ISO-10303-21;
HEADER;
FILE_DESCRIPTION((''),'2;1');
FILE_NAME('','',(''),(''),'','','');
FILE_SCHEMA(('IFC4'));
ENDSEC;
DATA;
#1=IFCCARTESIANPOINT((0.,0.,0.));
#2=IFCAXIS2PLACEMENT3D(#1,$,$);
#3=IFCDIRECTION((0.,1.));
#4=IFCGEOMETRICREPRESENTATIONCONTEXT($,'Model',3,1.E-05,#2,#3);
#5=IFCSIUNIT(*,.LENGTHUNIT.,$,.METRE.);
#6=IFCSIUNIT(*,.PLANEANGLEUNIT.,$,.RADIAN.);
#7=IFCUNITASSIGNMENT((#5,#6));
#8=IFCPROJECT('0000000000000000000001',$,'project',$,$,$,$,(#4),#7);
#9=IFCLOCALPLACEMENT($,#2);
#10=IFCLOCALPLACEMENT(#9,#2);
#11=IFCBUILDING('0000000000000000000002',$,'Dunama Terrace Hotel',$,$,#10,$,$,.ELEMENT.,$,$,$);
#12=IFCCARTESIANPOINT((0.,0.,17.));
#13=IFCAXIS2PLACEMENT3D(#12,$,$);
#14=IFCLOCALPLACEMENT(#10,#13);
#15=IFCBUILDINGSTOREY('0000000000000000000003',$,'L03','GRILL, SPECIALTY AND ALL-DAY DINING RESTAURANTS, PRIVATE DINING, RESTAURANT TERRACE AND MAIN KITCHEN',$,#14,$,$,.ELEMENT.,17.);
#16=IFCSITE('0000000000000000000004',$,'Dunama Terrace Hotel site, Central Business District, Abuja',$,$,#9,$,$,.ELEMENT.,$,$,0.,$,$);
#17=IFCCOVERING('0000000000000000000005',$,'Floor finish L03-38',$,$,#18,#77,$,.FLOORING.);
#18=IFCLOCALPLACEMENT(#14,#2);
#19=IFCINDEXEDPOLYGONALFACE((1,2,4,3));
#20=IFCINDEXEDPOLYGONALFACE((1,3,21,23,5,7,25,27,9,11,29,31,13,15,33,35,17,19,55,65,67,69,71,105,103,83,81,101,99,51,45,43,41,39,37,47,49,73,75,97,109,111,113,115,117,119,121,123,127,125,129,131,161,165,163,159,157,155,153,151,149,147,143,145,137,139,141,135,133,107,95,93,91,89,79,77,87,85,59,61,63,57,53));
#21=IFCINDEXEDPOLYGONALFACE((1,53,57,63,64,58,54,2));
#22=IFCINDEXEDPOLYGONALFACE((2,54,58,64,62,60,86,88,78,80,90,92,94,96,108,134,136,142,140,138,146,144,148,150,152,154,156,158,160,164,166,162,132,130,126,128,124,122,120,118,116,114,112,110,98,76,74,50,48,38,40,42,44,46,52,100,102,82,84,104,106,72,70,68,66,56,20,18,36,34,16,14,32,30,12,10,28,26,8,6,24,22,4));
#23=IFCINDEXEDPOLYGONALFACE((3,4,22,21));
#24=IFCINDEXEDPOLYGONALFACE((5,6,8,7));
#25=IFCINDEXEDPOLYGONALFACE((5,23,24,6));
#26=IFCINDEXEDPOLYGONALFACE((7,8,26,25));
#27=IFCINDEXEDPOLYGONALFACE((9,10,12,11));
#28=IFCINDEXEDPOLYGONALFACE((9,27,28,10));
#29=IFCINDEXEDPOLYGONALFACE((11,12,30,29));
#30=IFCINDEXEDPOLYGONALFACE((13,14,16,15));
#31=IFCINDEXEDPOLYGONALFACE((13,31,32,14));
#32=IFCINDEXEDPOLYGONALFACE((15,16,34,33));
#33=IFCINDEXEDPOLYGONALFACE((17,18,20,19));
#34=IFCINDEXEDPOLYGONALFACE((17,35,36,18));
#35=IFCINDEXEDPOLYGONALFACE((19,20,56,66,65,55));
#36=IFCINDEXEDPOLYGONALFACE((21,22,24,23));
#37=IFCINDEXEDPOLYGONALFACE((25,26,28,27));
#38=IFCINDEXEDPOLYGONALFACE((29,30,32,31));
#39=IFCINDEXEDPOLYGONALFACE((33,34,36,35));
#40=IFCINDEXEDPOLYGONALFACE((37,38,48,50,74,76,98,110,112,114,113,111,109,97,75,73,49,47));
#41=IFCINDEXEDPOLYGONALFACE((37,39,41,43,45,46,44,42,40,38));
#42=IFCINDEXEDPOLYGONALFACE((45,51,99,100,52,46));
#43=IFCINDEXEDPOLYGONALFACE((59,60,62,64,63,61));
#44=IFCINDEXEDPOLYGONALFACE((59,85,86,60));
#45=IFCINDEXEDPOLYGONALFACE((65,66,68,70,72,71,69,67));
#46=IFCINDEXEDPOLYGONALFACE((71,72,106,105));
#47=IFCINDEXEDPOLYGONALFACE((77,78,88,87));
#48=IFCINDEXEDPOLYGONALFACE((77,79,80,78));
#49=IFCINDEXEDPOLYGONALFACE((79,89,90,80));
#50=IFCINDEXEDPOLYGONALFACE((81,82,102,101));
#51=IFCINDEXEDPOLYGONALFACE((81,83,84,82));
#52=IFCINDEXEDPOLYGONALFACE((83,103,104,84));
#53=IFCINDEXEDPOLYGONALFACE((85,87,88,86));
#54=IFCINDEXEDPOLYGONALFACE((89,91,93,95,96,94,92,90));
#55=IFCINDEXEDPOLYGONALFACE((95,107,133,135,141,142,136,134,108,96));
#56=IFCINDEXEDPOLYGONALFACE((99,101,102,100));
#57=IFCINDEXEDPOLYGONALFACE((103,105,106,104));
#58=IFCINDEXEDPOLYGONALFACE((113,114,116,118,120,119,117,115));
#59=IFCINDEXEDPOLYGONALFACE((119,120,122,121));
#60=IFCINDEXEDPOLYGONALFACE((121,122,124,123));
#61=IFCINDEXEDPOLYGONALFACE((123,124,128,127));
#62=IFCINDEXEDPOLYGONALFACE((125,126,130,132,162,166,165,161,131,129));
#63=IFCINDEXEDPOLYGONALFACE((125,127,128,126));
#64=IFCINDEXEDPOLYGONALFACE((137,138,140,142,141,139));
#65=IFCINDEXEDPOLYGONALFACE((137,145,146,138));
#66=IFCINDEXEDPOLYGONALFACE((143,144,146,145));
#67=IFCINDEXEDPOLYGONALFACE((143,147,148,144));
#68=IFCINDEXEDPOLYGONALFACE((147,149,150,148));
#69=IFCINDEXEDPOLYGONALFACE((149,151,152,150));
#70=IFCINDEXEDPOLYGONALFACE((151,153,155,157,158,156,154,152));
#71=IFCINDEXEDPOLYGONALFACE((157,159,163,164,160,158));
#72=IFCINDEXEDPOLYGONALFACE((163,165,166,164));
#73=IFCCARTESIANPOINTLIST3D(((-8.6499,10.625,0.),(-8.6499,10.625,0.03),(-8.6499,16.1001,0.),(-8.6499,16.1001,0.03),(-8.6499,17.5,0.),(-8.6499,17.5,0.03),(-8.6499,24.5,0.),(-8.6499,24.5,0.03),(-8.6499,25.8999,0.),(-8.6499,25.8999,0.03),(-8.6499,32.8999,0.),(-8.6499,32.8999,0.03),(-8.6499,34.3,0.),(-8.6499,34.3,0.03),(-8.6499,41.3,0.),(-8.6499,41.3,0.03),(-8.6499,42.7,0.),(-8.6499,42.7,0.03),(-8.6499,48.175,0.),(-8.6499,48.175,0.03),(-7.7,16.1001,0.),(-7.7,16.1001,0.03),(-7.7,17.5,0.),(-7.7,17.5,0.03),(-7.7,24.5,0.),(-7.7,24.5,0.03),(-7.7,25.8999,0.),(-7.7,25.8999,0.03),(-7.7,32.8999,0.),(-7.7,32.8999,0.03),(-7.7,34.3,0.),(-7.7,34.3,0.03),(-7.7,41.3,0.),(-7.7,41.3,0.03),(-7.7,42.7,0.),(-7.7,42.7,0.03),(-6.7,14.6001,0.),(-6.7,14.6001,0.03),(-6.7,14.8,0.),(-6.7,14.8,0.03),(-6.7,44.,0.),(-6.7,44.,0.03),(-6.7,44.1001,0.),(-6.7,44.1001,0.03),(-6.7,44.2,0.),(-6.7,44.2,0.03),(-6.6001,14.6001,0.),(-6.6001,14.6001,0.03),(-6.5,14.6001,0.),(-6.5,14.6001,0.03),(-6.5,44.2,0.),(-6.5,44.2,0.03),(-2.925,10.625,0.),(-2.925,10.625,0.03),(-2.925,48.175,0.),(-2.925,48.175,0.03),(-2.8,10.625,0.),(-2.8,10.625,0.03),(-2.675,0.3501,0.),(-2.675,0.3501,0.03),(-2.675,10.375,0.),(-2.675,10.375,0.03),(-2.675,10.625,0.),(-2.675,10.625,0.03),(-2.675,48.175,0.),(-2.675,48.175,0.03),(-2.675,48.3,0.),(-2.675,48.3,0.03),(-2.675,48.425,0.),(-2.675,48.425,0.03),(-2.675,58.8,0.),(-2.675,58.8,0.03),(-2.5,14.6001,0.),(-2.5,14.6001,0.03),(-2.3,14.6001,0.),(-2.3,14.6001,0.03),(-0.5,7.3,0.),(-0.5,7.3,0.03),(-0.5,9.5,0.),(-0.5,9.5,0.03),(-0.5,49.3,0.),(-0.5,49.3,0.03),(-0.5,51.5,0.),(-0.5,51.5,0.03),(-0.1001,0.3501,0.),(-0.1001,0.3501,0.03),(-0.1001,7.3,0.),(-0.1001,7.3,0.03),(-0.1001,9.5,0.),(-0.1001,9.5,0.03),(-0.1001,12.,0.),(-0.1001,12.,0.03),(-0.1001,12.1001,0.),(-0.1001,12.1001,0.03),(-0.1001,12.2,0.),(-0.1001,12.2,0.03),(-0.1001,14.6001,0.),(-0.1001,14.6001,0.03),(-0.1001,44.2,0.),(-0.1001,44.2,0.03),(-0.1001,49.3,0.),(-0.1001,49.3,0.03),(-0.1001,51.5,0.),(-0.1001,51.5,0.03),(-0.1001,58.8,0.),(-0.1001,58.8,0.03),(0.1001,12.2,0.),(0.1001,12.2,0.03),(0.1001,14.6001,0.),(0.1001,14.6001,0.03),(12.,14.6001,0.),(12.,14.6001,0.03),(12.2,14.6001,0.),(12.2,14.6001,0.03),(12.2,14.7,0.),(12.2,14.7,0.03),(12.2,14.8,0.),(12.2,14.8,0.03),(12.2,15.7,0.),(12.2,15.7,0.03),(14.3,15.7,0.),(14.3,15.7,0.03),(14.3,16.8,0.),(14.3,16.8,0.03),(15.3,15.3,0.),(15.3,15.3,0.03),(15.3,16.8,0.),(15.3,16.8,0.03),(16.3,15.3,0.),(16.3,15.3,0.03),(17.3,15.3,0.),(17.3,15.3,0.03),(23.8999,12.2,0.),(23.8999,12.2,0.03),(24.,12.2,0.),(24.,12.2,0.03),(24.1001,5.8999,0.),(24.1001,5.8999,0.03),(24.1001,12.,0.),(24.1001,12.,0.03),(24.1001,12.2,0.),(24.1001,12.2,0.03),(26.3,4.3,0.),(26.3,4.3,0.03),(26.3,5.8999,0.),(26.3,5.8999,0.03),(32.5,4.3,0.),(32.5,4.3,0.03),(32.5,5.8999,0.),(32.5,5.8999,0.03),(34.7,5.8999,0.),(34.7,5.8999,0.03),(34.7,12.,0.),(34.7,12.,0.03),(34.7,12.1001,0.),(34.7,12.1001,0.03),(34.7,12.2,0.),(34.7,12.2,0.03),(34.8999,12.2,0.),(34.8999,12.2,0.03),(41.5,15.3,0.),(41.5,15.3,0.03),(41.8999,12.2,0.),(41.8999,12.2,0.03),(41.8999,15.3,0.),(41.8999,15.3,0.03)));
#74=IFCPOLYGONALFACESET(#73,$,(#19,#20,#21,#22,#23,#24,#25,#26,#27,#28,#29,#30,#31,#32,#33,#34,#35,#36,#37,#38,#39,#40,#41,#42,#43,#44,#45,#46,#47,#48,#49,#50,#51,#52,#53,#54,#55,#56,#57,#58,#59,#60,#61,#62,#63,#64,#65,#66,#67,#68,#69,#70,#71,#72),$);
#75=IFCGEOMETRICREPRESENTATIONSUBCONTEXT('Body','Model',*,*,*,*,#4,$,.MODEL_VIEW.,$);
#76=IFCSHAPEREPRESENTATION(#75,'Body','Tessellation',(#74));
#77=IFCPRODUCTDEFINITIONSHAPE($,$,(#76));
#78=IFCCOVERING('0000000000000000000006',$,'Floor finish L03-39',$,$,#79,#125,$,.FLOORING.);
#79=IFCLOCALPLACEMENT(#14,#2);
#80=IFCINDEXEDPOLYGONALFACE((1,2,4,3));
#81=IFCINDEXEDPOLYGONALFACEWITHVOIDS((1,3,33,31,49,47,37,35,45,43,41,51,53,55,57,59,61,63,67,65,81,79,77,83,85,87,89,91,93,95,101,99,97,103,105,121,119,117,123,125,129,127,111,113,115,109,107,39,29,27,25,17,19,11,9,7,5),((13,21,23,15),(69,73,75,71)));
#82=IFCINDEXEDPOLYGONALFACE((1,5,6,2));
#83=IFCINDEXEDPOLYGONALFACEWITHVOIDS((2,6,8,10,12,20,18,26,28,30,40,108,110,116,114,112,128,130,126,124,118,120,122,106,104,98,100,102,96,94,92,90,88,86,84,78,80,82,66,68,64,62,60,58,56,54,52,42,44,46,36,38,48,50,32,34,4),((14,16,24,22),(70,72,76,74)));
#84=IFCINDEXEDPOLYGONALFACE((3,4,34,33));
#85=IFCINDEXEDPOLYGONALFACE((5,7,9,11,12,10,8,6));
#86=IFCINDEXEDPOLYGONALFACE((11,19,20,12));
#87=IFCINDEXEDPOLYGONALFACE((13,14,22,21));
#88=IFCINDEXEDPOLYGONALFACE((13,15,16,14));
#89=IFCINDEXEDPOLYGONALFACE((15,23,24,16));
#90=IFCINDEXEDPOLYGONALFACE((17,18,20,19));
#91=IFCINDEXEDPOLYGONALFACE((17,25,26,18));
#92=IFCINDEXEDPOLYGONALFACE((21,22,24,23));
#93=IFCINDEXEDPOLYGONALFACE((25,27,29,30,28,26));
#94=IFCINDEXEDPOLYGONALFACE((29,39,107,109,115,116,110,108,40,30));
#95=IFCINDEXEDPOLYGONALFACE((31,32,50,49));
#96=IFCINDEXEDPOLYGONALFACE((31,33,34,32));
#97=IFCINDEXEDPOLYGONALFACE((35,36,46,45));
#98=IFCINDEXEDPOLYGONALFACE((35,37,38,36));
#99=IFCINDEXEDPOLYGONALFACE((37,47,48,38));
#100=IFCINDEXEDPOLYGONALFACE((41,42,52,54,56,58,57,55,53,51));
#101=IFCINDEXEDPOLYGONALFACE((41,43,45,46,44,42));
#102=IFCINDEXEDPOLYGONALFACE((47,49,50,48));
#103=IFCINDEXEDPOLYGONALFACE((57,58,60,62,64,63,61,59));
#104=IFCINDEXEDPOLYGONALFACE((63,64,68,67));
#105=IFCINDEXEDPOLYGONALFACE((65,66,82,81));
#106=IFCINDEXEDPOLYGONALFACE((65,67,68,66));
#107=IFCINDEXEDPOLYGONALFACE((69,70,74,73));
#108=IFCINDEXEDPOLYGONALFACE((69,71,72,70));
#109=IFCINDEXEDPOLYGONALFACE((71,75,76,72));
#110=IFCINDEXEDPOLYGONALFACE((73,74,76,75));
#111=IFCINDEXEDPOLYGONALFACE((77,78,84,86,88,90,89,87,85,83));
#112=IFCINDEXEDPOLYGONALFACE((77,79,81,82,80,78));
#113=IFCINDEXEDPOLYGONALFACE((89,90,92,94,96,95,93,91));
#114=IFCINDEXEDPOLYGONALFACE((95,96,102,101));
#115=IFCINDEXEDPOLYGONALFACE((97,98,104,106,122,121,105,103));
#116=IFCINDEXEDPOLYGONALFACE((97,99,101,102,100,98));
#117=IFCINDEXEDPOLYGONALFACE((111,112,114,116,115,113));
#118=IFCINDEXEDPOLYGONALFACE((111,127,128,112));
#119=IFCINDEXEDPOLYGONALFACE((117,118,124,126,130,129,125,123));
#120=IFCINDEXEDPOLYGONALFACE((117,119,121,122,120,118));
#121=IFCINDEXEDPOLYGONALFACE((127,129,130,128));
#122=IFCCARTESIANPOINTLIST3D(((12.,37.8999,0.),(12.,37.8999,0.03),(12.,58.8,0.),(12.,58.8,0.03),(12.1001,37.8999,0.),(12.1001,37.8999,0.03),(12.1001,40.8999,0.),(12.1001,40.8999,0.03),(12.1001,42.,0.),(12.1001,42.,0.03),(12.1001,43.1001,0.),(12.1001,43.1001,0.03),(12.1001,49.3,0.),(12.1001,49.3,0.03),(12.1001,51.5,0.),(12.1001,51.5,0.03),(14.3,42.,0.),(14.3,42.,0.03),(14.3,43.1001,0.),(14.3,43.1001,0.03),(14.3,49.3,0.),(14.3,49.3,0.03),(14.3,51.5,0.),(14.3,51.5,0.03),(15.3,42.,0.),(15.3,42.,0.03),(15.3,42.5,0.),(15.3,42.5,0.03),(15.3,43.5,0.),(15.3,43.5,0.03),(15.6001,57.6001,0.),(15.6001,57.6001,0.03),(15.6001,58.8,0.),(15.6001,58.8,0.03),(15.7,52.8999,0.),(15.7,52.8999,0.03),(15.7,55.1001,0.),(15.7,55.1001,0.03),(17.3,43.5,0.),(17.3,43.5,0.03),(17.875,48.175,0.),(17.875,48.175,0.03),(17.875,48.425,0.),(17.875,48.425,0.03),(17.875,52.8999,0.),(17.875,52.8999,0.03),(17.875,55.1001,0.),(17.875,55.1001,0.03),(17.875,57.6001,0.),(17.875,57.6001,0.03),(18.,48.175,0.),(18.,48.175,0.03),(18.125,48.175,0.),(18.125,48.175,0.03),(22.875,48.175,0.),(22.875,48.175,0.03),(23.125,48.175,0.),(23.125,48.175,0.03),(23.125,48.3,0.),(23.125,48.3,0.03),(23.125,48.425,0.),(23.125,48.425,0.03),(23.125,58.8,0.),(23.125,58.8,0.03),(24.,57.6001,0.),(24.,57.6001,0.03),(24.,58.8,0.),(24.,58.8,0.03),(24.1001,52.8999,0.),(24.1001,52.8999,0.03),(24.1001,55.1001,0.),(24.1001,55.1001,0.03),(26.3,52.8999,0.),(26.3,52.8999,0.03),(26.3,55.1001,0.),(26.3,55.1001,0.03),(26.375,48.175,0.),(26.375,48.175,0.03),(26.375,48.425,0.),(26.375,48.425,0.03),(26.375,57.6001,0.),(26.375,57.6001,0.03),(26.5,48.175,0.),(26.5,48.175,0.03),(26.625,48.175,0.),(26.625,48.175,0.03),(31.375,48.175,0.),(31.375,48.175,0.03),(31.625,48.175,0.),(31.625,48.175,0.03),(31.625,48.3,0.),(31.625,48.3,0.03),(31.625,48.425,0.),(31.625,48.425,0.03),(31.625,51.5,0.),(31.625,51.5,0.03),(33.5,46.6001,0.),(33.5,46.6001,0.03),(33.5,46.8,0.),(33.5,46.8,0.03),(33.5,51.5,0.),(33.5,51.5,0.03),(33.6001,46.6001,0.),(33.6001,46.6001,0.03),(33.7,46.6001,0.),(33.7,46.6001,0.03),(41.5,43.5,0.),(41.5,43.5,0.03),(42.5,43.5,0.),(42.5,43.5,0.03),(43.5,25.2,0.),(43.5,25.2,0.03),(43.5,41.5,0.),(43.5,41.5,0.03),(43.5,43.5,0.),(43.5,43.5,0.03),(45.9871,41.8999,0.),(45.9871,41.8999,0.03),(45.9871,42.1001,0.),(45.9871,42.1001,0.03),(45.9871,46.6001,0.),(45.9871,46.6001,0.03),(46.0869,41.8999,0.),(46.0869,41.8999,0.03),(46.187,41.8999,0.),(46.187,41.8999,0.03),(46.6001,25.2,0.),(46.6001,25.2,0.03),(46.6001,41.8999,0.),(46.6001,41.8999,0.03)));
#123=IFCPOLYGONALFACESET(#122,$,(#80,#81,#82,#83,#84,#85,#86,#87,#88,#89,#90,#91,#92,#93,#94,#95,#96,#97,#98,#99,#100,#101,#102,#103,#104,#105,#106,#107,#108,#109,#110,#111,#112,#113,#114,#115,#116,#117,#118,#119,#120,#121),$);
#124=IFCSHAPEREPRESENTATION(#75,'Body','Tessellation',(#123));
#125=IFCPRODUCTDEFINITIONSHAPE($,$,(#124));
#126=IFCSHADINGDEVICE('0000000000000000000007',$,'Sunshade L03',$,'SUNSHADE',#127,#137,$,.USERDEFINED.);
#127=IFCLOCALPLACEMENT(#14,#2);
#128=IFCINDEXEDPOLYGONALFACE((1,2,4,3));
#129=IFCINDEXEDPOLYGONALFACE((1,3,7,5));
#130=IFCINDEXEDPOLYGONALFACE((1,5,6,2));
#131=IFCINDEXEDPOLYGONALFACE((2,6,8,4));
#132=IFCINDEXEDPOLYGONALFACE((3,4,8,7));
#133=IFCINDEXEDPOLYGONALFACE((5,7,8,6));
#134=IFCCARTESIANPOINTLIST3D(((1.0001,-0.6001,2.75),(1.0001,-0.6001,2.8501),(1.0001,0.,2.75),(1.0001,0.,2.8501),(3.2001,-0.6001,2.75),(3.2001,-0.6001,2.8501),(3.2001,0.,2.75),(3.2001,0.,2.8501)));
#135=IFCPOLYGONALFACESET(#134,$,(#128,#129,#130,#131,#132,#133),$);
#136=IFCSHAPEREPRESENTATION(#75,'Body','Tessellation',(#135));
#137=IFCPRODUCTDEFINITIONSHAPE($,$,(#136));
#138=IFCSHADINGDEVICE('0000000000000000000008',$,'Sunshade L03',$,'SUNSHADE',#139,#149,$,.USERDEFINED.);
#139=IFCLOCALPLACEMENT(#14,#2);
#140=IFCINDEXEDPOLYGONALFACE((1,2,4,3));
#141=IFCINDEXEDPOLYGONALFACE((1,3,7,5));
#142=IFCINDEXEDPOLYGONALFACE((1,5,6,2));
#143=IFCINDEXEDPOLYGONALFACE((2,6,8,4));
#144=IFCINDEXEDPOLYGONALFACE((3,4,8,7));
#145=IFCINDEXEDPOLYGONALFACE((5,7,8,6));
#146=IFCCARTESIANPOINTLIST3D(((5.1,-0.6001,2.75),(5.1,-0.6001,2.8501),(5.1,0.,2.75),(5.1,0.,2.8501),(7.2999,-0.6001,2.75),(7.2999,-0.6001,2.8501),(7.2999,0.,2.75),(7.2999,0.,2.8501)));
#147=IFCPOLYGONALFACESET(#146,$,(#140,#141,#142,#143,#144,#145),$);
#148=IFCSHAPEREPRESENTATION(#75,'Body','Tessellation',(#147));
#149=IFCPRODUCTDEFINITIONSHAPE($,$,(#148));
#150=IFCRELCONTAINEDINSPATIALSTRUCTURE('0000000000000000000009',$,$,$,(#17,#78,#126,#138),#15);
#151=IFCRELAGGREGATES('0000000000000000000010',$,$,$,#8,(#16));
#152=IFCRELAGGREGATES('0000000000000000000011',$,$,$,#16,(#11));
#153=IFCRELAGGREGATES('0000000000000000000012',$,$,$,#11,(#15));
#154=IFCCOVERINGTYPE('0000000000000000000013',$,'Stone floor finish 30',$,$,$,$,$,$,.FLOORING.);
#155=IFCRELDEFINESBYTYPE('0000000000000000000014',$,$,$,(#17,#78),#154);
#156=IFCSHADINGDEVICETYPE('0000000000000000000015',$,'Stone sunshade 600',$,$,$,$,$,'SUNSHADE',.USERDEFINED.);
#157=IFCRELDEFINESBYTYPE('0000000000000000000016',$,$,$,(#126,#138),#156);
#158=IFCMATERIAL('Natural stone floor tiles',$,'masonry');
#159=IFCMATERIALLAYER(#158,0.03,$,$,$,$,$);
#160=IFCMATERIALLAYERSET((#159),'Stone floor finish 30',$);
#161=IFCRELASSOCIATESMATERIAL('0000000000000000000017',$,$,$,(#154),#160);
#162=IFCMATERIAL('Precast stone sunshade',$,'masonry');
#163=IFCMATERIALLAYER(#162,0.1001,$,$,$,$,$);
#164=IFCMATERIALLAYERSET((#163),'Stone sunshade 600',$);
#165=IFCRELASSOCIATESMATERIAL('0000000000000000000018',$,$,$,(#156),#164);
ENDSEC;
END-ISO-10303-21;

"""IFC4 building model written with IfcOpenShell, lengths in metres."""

from ifc_helpers import new_model, si_unit, direction, frame, origin, origin_2d, place, context, subcontext, project, spatial, polyline, rectangle, outline, extrude, material, layer, layer_set, type_object, element, save


model = new_model("IFC4")

# Units and contexts
model_context = context("Model", 3, precision=1e-05, world=origin(), true_north=direction((0.0, 1.0)))
body_context = subcontext(model_context, "Body", "Model", "MODEL_VIEW")
ifc_project = project(units=[si_unit("LENGTHUNIT", "METRE"), si_unit("PLANEANGLEUNIT", "RADIAN")], contexts=[model_context])

# Site, building, storey
site_placement = place(None, origin())
site = spatial("IfcSite", under=ifc_project, at=site_placement, Name="Dunama Terrace Hotel site, Central Business District, Abuja", CompositionType="ELEMENT", RefElevation=0.0)
building_placement = place(site_placement, origin())
building = spatial("IfcBuilding", under=site, at=building_placement, Name="Dunama Terrace Hotel", CompositionType="ELEMENT")
storey_placement = place(building_placement, frame((0.0, 0.0, 17.0)))
storey = spatial("IfcBuildingStorey", under=building, at=storey_placement, Name="L03", Description="GRILL, SPECIALTY AND ALL-DAY DINING RESTAURANTS, PRIVATE DINING, RESTAURANT TERRACE AND MAIN KITCHEN", CompositionType="ELEMENT", Elevation=17.0)

# Coverings
ifc_material_1 = material(Name="Natural stone floor tiles", Category="masonry")
ifc_layer_1 = layer(ifc_material_1, 0.03)
ifc_layer_set_1 = layer_set([ifc_layer_1], Name="Stone floor finish 30")
covering_type_1 = type_object("IfcCoveringType", Name="Stone floor finish 30", PredefinedType="FLOORING", material=ifc_layer_set_1)
covering_1_placement = place(storey_placement, origin())
element("IfcCovering", 1, at=covering_1_placement, inside=storey, type_object=covering_type_1, Name="Floor finish L03-38", PredefinedType="FLOORING", context=body_context, shape_type="SweptSolid", body=[
    extrude(outline(polyline([(-0.1001, 58.8), (-2.675, 58.8), (-2.675, 48.425), (-2.675, 48.3), (-2.675, 48.175), (-2.925, 48.175), (-8.6499, 48.175), (-8.6499, 42.7), (-7.7, 42.7), (-7.7, 41.3), (-8.6499, 41.3), (-8.6499, 34.3), (-7.7, 34.3), (-7.7, 32.8999), (-8.6499, 32.8999), (-8.6499, 25.8999), (-7.7, 25.8999), (-7.7, 24.5), (-8.6499, 24.5), (-8.6499, 17.5), (-7.7, 17.5), (-7.7, 16.1001), (-8.6499, 16.1001), (-8.6499, 10.625), (-2.925, 10.625), (-2.8, 10.625), (-2.675, 10.625), (-2.675, 10.375), (-2.675, 0.3501), (-0.1001, 0.3501), (-0.1001, 7.3), (-0.5, 7.3), (-0.5, 9.5), (-0.1001, 9.5), (-0.1001, 12.0), (-0.1001, 12.1001), (-0.1001, 12.2), (0.1001, 12.2), (23.8999, 12.2), (24.0, 12.2), (24.1001, 12.2), (24.1001, 12.0), (24.1001, 5.8999), (26.3, 5.8999), (26.3, 4.3), (32.5, 4.3), (32.5, 5.8999), (34.7, 5.8999), (34.7, 12.0), (34.7, 12.1001), (34.7, 12.2), (34.8999, 12.2), (41.8999, 12.2), (41.8999, 15.3), (41.5, 15.3), (17.3, 15.3), (16.3, 15.3), (15.3, 15.3), (15.3, 16.8), (14.3, 16.8), (14.3, 15.7), (12.2, 15.7), (12.2, 14.8), (12.2, 14.7), (12.2, 14.6001), (12.0, 14.6001), (0.1001, 14.6001), (-0.1001, 14.6001), (-2.3, 14.6001), (-2.5, 14.6001), (-6.5, 14.6001), (-6.6001, 14.6001), (-6.7, 14.6001), (-6.7, 14.8), (-6.7, 44.0), (-6.7, 44.1001), (-6.7, 44.2), (-6.5, 44.2), (-0.1001, 44.2), (-0.1001, 49.3), (-0.5, 49.3), (-0.5, 51.5), (-0.1001, 51.5), (-0.1001, 58.8)])), origin(), (0.0, 0.0, 1.0), 0.03),
])
covering_2_placement = place(storey_placement, origin())
element("IfcCovering", 2, at=covering_2_placement, inside=storey, type_object=covering_type_1, Name="Floor finish L03-39", PredefinedType="FLOORING", context=body_context, shape_type="SweptSolid", body=[
    extrude(outline(polyline([(43.5, 25.2), (46.6001, 25.2), (46.6001, 41.8999), (46.187, 41.8999), (46.0869, 41.8999), (45.9871, 41.8999), (45.9871, 42.1001), (45.9871, 46.6001), (33.7, 46.6001), (33.6001, 46.6001), (33.5, 46.6001), (33.5, 46.8), (33.5, 51.5), (31.625, 51.5), (31.625, 48.425), (31.625, 48.3), (31.625, 48.175), (31.375, 48.175), (26.625, 48.175), (26.5, 48.175), (26.375, 48.175), (26.375, 48.425), (26.375, 57.6001), (24.0, 57.6001), (24.0, 58.8), (23.125, 58.8), (23.125, 48.425), (23.125, 48.3), (23.125, 48.175), (22.875, 48.175), (18.125, 48.175), (18.0, 48.175), (17.875, 48.175), (17.875, 48.425), (17.875, 52.8999), (15.7, 52.8999), (15.7, 55.1001), (17.875, 55.1001), (17.875, 57.6001), (15.6001, 57.6001), (15.6001, 58.8), (12.0, 58.8), (12.0, 37.8999), (12.1001, 37.8999), (12.1001, 40.8999), (12.1001, 42.0), (12.1001, 43.1001), (14.3, 43.1001), (14.3, 42.0), (15.3, 42.0), (15.3, 42.5), (15.3, 43.5), (17.3, 43.5), (41.5, 43.5), (42.5, 43.5), (43.5, 43.5), (43.5, 41.5), (43.5, 25.2)]), holes=[polyline([(12.1001, 51.5), (14.3, 51.5), (14.3, 49.3), (12.1001, 49.3), (12.1001, 51.5)]), polyline([(24.1001, 55.1001), (26.3, 55.1001), (26.3, 52.8999), (24.1001, 52.8999), (24.1001, 55.1001)])]), origin(), (0.0, 0.0, 1.0), 0.03),
])

# Shading devices
ifc_material_2 = material(Name="Precast stone sunshade", Category="masonry")
ifc_layer_2 = layer(ifc_material_2, 0.1001)
ifc_layer_set_2 = layer_set([ifc_layer_2], Name="Stone sunshade 600")
shading_device_type = type_object("IfcShadingDeviceType", Name="Stone sunshade 600", ElementType="SUNSHADE", PredefinedType="USERDEFINED", material=ifc_layer_set_2)
for number, where, z_axis, x_axis, name in (
    (3, (2.1001, -0.3, 2.75), (0.0, 0.0, 1.0), (1.0, 0.0, 0.0), "Sunshade L03"),
    (4, (6.2, -0.3, 2.75), (0.0, 0.0, 1.0), (1.0, 0.0, 0.0), "Sunshade L03"),
):
    element("IfcShadingDevice", number, at=place(storey_placement, frame(where, z_axis=z_axis, x_axis=x_axis)), inside=storey, type_object=shading_device_type, Name=name, ObjectType="SUNSHADE", PredefinedType="USERDEFINED", context=body_context, shape_type="SweptSolid", body=[
        extrude(rectangle(XDim=2.2, YDim=0.6001, at=origin_2d()), origin(), (0.0, 0.0, 1.0), 0.1001),
    ])

save(model, "model.ifc")
